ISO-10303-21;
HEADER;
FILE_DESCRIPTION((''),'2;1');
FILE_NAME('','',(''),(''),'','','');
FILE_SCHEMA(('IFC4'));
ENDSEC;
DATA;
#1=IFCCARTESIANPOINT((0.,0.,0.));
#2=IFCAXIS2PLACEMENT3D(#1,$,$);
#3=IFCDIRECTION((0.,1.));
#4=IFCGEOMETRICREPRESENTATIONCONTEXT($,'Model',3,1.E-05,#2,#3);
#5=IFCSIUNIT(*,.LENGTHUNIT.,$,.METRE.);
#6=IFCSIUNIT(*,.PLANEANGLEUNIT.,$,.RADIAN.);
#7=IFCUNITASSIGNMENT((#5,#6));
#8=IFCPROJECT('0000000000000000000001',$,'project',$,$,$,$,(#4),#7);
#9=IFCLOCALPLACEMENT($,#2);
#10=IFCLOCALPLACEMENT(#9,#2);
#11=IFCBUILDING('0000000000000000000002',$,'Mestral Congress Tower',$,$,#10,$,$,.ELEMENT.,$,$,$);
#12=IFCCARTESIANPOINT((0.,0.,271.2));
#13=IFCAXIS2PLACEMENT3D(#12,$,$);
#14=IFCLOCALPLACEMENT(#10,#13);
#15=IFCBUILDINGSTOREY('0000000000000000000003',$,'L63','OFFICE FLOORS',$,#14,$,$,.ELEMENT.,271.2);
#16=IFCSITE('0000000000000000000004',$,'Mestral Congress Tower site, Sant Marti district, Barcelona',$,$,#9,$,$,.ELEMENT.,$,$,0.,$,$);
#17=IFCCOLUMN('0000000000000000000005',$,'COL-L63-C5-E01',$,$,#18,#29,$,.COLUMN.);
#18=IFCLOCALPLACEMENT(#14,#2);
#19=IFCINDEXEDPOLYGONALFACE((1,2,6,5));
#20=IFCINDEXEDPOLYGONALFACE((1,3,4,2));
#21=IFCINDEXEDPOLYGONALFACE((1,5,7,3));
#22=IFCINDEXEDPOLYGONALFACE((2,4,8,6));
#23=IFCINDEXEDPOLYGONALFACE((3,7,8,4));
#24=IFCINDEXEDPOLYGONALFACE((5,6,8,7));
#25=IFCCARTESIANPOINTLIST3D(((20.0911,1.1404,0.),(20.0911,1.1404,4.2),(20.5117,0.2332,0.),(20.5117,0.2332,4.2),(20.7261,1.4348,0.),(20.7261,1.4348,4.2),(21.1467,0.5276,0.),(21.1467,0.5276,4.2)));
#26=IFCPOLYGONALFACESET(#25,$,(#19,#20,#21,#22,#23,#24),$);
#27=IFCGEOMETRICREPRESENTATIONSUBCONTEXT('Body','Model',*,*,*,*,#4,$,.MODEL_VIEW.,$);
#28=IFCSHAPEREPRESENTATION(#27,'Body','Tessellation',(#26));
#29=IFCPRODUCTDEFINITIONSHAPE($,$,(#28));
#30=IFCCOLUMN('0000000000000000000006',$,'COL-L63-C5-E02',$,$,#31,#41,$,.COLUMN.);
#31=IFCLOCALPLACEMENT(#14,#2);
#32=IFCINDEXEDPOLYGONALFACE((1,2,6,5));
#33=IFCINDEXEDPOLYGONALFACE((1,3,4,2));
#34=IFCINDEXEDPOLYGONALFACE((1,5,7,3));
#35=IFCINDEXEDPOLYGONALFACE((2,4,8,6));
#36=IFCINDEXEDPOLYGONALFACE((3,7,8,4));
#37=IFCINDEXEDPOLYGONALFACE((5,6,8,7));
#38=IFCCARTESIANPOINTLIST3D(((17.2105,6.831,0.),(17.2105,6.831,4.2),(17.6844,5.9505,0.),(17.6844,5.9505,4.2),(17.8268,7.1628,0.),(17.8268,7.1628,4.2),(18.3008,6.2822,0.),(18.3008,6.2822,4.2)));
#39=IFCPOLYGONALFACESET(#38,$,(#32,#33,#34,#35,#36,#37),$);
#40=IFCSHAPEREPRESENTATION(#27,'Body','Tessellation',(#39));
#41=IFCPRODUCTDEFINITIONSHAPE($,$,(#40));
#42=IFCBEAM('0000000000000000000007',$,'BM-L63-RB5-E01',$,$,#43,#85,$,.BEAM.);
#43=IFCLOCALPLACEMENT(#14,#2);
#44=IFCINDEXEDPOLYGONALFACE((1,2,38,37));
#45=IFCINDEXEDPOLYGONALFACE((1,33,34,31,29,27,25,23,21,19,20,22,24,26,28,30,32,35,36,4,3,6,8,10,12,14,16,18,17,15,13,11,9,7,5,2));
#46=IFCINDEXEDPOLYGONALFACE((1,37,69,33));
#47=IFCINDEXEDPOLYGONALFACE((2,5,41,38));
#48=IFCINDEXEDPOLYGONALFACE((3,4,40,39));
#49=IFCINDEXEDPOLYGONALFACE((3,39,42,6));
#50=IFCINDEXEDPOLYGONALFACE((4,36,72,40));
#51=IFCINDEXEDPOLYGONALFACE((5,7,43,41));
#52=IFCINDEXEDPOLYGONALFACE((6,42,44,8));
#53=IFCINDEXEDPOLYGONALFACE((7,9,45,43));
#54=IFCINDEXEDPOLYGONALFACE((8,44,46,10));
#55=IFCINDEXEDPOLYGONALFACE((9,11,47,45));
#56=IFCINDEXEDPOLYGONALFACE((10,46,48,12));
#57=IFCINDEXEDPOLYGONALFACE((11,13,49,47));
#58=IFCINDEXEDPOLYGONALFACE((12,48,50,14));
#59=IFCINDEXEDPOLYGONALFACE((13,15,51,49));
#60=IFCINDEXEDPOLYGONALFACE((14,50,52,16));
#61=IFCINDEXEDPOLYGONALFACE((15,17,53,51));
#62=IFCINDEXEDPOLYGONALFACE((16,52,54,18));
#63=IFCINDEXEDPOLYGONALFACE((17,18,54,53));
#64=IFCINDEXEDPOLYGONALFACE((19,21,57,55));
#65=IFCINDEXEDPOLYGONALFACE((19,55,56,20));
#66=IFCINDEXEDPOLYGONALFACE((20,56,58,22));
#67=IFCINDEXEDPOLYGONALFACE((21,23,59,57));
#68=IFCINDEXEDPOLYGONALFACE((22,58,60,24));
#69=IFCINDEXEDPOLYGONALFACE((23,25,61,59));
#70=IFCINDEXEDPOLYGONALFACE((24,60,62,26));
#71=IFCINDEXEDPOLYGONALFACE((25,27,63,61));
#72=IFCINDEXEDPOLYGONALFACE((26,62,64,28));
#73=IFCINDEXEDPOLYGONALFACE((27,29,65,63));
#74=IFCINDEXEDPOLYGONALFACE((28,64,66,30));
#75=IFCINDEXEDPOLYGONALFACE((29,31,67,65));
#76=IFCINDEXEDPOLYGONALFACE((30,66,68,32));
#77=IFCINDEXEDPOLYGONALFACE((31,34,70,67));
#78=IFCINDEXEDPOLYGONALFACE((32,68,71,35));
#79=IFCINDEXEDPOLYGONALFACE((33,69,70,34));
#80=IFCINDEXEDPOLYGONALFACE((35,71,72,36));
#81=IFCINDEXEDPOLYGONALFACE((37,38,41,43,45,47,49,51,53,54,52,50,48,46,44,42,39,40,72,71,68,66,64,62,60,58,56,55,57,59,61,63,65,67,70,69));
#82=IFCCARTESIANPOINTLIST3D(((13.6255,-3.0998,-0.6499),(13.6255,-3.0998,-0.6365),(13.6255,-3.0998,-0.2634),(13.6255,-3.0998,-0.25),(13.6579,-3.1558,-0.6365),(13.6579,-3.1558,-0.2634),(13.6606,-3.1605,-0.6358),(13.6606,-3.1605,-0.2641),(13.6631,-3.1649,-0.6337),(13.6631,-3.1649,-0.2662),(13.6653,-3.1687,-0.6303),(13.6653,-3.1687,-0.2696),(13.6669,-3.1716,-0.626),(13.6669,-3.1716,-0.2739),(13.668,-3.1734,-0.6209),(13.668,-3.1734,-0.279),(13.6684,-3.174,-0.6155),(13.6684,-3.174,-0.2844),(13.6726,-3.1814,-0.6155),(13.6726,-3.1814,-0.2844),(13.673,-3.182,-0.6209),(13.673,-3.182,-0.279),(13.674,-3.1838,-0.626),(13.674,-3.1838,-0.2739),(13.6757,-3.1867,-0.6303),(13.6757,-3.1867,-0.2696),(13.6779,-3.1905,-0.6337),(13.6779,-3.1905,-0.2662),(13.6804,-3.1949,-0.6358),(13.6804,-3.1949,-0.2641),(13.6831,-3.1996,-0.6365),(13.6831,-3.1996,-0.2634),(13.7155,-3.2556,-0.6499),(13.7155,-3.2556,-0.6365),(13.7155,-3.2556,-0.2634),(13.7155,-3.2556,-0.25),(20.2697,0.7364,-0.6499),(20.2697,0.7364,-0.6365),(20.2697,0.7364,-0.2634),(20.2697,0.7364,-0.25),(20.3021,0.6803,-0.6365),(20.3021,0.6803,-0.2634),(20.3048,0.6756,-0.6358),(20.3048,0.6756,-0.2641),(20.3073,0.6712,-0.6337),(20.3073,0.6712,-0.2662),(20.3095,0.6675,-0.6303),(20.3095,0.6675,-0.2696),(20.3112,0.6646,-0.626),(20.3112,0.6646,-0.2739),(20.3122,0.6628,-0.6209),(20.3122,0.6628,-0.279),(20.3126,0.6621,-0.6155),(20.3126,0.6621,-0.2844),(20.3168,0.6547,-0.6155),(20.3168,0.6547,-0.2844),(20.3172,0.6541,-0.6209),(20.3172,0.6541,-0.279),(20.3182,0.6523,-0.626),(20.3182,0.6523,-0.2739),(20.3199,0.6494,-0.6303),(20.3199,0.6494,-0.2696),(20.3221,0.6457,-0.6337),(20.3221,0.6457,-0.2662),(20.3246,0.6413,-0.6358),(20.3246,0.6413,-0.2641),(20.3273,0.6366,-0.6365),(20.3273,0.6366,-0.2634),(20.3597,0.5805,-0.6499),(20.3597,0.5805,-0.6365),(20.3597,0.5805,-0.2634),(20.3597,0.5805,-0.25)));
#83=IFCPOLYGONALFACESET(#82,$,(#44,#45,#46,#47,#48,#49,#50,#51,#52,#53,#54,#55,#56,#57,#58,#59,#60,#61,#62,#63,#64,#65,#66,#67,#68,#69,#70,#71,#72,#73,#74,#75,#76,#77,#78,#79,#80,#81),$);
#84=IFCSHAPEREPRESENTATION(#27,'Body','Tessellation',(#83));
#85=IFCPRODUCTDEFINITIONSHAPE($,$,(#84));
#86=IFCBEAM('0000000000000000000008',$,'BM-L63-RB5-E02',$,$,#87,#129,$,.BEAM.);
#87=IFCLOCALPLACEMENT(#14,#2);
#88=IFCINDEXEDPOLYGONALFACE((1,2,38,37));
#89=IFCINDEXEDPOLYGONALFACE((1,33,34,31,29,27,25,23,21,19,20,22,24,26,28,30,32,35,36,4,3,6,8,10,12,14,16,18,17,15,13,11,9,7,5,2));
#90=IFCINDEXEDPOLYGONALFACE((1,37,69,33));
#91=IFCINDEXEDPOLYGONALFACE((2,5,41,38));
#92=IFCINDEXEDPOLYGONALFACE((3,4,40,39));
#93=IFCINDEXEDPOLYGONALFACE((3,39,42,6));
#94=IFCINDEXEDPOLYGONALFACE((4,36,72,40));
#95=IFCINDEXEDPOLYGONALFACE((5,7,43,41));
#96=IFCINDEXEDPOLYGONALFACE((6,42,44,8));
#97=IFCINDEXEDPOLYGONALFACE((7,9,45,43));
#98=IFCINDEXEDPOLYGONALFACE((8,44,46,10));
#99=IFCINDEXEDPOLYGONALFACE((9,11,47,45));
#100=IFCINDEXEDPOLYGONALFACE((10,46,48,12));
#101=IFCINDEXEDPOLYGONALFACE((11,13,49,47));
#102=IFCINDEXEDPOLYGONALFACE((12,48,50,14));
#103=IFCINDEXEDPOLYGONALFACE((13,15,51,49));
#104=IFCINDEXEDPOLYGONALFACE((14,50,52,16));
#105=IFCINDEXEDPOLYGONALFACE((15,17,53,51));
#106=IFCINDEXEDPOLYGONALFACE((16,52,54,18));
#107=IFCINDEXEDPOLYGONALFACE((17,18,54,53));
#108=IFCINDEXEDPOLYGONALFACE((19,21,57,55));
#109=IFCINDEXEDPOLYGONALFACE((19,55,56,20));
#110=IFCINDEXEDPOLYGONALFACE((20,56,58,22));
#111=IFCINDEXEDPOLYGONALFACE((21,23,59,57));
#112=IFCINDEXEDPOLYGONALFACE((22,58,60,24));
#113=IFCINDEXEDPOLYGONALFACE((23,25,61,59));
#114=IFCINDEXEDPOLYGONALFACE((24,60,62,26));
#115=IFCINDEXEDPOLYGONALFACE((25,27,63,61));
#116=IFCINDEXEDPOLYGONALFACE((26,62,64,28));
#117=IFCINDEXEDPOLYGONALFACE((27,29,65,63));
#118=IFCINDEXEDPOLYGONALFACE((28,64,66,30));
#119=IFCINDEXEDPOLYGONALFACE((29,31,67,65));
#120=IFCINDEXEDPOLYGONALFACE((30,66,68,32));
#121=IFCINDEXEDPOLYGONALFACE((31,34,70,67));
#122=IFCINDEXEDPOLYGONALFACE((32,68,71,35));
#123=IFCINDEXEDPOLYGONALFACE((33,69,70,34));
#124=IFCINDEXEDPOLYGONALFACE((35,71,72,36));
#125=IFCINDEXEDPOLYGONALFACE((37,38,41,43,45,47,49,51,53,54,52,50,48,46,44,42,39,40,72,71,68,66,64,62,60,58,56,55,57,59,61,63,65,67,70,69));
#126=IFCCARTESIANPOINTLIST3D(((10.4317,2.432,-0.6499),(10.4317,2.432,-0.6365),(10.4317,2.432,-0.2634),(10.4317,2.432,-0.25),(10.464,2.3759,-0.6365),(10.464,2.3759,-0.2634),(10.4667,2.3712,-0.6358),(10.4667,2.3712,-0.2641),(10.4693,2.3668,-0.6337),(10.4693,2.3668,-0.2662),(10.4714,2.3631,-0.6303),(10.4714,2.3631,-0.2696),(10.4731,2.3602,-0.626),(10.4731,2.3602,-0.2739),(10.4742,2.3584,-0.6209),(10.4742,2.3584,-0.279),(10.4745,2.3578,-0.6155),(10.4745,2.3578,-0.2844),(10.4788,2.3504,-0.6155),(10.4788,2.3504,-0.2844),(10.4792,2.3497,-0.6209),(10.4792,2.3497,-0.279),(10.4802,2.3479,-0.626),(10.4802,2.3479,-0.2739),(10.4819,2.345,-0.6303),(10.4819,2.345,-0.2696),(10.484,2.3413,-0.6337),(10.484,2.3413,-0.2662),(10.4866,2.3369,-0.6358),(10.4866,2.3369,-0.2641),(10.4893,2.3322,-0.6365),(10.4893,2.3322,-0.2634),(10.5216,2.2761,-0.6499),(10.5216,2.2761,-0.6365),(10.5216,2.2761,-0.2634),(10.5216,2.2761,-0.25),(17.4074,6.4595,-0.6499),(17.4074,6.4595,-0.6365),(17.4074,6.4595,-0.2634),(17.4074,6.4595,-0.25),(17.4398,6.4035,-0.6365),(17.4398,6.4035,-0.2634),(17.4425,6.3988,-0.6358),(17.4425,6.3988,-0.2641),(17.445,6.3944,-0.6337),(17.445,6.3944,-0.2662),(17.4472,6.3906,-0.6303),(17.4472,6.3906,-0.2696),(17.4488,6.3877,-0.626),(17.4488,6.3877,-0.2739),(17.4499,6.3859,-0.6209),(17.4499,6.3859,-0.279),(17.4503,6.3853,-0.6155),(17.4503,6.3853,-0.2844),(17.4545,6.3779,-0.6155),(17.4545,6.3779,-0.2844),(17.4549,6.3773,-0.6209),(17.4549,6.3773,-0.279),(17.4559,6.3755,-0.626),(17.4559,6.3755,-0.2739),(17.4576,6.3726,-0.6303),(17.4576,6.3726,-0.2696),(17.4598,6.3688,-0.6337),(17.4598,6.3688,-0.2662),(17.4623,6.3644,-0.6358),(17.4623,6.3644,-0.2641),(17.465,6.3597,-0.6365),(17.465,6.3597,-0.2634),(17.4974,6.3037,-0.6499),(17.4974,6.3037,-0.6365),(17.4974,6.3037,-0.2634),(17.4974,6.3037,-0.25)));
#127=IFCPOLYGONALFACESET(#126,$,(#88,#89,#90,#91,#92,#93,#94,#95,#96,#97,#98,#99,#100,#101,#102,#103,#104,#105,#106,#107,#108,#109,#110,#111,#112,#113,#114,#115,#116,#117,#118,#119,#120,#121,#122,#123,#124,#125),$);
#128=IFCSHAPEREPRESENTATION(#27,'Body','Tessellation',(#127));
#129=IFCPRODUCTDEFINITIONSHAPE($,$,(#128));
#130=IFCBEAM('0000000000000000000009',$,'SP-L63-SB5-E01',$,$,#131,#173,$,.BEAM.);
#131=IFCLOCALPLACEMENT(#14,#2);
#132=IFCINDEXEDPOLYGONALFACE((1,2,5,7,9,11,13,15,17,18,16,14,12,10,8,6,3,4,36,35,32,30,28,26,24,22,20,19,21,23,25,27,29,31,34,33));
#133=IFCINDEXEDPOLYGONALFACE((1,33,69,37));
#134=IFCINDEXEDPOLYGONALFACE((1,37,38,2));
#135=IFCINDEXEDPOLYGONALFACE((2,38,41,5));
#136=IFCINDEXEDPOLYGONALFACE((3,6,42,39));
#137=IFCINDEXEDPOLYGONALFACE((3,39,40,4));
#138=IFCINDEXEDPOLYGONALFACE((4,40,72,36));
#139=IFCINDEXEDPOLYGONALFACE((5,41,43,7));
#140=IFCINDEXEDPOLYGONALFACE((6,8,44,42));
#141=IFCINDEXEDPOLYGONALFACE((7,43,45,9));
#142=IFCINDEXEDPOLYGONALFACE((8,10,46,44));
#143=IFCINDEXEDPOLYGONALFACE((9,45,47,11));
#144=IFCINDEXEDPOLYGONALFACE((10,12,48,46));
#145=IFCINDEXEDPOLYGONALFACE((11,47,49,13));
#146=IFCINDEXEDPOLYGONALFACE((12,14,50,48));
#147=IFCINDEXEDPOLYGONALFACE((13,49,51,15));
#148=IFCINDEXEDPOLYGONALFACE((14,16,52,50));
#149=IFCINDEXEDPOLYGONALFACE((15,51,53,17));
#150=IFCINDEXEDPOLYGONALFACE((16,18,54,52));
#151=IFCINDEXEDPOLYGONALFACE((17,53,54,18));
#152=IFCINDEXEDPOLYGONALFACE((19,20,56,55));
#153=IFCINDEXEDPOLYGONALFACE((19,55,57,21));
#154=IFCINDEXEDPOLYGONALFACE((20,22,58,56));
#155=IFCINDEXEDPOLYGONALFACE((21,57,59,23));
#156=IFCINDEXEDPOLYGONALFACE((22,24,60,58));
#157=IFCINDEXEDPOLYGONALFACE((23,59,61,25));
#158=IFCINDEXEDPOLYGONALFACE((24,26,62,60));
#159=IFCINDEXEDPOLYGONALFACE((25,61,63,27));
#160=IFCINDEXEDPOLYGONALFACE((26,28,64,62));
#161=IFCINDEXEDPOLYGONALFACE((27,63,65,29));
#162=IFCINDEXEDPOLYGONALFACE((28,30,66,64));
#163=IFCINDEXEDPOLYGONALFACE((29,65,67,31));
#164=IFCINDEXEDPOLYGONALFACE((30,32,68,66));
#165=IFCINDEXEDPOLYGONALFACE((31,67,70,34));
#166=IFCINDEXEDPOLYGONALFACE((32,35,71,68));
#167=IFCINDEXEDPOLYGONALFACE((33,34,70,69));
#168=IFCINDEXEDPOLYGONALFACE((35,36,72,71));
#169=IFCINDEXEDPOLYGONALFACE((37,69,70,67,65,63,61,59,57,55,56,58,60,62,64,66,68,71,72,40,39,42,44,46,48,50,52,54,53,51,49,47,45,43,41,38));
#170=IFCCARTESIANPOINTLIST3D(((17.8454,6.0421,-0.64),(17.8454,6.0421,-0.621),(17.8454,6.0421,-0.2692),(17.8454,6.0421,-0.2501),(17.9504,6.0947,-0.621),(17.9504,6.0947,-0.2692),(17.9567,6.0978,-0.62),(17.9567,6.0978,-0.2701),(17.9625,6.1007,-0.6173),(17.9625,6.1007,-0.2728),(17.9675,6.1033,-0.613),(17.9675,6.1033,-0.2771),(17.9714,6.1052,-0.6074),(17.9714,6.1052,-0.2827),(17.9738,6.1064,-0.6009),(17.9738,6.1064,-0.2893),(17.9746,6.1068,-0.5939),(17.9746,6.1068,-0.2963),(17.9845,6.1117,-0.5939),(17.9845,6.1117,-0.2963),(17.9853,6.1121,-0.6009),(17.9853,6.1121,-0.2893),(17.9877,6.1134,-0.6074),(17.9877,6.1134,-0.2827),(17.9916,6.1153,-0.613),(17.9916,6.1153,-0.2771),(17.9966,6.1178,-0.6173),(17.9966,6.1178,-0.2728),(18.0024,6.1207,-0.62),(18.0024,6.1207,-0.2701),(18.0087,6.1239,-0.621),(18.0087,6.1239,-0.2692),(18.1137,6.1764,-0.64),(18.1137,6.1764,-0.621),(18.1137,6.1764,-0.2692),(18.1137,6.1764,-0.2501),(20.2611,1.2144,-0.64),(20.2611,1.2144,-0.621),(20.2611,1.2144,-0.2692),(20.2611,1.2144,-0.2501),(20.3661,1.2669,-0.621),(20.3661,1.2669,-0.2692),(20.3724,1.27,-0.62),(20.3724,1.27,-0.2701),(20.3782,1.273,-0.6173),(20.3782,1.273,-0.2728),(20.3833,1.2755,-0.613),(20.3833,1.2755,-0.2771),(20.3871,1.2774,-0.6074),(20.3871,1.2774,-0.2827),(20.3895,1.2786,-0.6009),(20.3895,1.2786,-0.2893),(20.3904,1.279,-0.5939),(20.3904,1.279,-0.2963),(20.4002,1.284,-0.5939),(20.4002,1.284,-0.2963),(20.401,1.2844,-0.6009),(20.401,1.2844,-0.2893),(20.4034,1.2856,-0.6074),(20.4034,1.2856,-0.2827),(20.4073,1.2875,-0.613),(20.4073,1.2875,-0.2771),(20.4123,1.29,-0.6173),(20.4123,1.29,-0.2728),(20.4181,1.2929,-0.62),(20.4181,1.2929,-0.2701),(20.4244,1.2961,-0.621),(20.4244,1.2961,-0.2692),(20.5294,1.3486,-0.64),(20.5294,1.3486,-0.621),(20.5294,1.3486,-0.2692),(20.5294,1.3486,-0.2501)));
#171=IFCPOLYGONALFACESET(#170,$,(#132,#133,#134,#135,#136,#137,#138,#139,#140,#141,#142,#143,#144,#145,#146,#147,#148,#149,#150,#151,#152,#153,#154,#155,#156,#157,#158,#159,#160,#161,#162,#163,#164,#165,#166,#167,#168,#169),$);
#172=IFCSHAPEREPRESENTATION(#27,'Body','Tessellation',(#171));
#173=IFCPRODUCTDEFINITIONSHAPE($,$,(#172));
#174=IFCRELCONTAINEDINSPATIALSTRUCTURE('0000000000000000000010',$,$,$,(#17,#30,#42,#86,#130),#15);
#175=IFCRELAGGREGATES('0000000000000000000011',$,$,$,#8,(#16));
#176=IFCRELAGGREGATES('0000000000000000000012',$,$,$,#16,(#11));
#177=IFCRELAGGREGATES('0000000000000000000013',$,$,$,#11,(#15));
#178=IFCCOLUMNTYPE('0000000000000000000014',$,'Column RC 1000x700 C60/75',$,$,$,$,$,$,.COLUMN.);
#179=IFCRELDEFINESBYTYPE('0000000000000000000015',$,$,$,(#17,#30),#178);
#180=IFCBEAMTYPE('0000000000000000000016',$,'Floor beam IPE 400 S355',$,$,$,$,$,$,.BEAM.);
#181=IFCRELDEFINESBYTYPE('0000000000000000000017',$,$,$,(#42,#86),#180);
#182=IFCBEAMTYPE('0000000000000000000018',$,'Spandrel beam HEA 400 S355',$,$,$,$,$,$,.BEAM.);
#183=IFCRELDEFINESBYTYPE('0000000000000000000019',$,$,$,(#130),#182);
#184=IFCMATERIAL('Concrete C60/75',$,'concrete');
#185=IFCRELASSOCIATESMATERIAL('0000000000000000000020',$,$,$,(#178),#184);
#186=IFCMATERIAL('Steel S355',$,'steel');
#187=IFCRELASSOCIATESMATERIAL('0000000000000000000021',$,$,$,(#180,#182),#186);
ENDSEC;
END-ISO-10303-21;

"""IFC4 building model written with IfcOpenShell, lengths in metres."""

from ifc_helpers import new_model, si_unit, direction, frame, origin, origin_2d, place, context, subcontext, project, spatial, rectangle, i_section, extrude, material, material_profile, profile_set, type_object, element, save


model = new_model("IFC4")

# Units and contexts
model_context = context("Model", 3, precision=1e-05, world=origin(), true_north=direction((0.0, 1.0)))
body_context = subcontext(model_context, "Body", "Model", "MODEL_VIEW")
ifc_project = project(units=[si_unit("LENGTHUNIT", "METRE"), si_unit("PLANEANGLEUNIT", "RADIAN")], contexts=[model_context])

# Site, building, storey
site_placement = place(None, origin())
site = spatial("IfcSite", under=ifc_project, at=site_placement, Name="Mestral Congress Tower site, Sant Marti district, Barcelona", CompositionType="ELEMENT", RefElevation=0.0)
building_placement = place(site_placement, origin())
building = spatial("IfcBuilding", under=site, at=building_placement, Name="Mestral Congress Tower", CompositionType="ELEMENT")
storey_placement = place(building_placement, frame((0.0, 0.0, 271.2)))
storey = spatial("IfcBuildingStorey", under=building, at=storey_placement, Name="L63", Description="OFFICE FLOORS", CompositionType="ELEMENT", Elevation=271.2)

# Columns
ifc_material_1 = material(Name="Concrete C60/75", Category="concrete")
ifc_material_profile_1 = material_profile(ifc_material_1, rectangle(XDim=1.0, YDim=0.7, at=origin_2d()), Name="RC 1000x700")
ifc_profile_set_1 = profile_set([ifc_material_profile_1], Name="Concrete C60/75")
column_type = type_object("IfcColumnType", Name="Column RC 1000x700 C60/75", PredefinedType="COLUMN", material=ifc_profile_set_1)
for number, where, z_axis, x_axis, name in (
    (1, (20.6189, 0.834, 0.0), (0.0, 0.0, 1.0), (-0.420596, 0.907248, 0.0), "COL-L63-C5-E01"),
    (2, (17.7556, 6.5566, 0.0), (0.0, 0.0, 1.0), (-0.473945, 0.880554, 0.0), "COL-L63-C5-E02"),
):
    element("IfcColumn", number, at=place(storey_placement, frame(where, z_axis=z_axis, x_axis=x_axis)), inside=storey, type_object=column_type, Name=name, PredefinedType="COLUMN", context=body_context, shape_type="SweptSolid", body=[
        extrude(rectangle(XDim=1.0, YDim=0.7, at=origin_2d()), origin(), (0.0, 0.0, 1.0), 4.2),
    ])

# Beams
ifc_material_2 = material(Name="Steel S355", Category="steel")
ifc_material_profile_2 = material_profile(ifc_material_2, i_section(OverallWidth=0.1799, OverallDepth=0.3999, WebThickness=0.0085, FlangeThickness=0.0134, FilletRadius=0.021, at=origin_2d()), Name="IPE 400")
ifc_profile_set_2 = profile_set([ifc_material_profile_2], Name="Steel S355")
beam_type_1 = type_object("IfcBeamType", Name="Floor beam IPE 400 S355", PredefinedType="BEAM", material=ifc_profile_set_2)
beam_1_placement = place(storey_placement, frame((20.3147, 0.6584, -0.45), z_axis=(-0.86602, -0.50001, 0.0), x_axis=(0.50001, -0.86602, 0.0)))
element("IfcBeam", 3, at=beam_1_placement, inside=storey, type_object=beam_type_1, Name="BM-L63-RB5-E01", PredefinedType="BEAM", context=body_context, shape_type="SweptSolid", body=[
    extrude(i_section(OverallWidth=0.1799, OverallDepth=0.3999, WebThickness=0.0085, FlangeThickness=0.0134, FilletRadius=0.021, at=origin_2d()), origin(), (0.0, 0.0, 1.0), 7.6721),
])
beam_2_placement = place(storey_placement, frame((17.4524, 6.3816, -0.45), z_axis=(-0.866021, -0.500008, 0.0), x_axis=(0.500008, -0.866021, 0.0)))
element("IfcBeam", 4, at=beam_2_placement, inside=storey, type_object=beam_type_1, Name="BM-L63-RB5-E02", PredefinedType="BEAM", context=body_context, shape_type="SweptSolid", body=[
    extrude(i_section(OverallWidth=0.1799, OverallDepth=0.3999, WebThickness=0.0085, FlangeThickness=0.0134, FilletRadius=0.021, at=origin_2d()), origin(), (0.0, 0.0, 1.0), 8.0549),
])
ifc_material_profile_3 = material_profile(ifc_material_2, i_section(OverallWidth=0.3, OverallDepth=0.3899, WebThickness=0.011, FlangeThickness=0.019, FilletRadius=0.0271, at=origin_2d()), Name="HEA 400")
ifc_profile_set_3 = profile_set([ifc_material_profile_3], Name="Steel S355")
beam_type_2 = type_object("IfcBeamType", Name="Spandrel beam HEA 400 S355", PredefinedType="BEAM", material=ifc_profile_set_3)
beam_3_placement = place(storey_placement, frame((20.3953, 1.2815, -0.4451), z_axis=(-0.447485, 0.894291, 0.0), x_axis=(-0.894291, -0.447485, 0.0)))
element("IfcBeam", 5, at=beam_3_placement, inside=storey, type_object=beam_type_2, Name="SP-L63-SB5-E01", PredefinedType="BEAM", context=body_context, shape_type="SweptSolid", body=[
    extrude(i_section(OverallWidth=0.3, OverallDepth=0.3899, WebThickness=0.011, FlangeThickness=0.019, FilletRadius=0.0271, at=origin_2d()), origin(), (0.0, 0.0, 1.0), 5.3984),
])

save(model, "model.ifc")
